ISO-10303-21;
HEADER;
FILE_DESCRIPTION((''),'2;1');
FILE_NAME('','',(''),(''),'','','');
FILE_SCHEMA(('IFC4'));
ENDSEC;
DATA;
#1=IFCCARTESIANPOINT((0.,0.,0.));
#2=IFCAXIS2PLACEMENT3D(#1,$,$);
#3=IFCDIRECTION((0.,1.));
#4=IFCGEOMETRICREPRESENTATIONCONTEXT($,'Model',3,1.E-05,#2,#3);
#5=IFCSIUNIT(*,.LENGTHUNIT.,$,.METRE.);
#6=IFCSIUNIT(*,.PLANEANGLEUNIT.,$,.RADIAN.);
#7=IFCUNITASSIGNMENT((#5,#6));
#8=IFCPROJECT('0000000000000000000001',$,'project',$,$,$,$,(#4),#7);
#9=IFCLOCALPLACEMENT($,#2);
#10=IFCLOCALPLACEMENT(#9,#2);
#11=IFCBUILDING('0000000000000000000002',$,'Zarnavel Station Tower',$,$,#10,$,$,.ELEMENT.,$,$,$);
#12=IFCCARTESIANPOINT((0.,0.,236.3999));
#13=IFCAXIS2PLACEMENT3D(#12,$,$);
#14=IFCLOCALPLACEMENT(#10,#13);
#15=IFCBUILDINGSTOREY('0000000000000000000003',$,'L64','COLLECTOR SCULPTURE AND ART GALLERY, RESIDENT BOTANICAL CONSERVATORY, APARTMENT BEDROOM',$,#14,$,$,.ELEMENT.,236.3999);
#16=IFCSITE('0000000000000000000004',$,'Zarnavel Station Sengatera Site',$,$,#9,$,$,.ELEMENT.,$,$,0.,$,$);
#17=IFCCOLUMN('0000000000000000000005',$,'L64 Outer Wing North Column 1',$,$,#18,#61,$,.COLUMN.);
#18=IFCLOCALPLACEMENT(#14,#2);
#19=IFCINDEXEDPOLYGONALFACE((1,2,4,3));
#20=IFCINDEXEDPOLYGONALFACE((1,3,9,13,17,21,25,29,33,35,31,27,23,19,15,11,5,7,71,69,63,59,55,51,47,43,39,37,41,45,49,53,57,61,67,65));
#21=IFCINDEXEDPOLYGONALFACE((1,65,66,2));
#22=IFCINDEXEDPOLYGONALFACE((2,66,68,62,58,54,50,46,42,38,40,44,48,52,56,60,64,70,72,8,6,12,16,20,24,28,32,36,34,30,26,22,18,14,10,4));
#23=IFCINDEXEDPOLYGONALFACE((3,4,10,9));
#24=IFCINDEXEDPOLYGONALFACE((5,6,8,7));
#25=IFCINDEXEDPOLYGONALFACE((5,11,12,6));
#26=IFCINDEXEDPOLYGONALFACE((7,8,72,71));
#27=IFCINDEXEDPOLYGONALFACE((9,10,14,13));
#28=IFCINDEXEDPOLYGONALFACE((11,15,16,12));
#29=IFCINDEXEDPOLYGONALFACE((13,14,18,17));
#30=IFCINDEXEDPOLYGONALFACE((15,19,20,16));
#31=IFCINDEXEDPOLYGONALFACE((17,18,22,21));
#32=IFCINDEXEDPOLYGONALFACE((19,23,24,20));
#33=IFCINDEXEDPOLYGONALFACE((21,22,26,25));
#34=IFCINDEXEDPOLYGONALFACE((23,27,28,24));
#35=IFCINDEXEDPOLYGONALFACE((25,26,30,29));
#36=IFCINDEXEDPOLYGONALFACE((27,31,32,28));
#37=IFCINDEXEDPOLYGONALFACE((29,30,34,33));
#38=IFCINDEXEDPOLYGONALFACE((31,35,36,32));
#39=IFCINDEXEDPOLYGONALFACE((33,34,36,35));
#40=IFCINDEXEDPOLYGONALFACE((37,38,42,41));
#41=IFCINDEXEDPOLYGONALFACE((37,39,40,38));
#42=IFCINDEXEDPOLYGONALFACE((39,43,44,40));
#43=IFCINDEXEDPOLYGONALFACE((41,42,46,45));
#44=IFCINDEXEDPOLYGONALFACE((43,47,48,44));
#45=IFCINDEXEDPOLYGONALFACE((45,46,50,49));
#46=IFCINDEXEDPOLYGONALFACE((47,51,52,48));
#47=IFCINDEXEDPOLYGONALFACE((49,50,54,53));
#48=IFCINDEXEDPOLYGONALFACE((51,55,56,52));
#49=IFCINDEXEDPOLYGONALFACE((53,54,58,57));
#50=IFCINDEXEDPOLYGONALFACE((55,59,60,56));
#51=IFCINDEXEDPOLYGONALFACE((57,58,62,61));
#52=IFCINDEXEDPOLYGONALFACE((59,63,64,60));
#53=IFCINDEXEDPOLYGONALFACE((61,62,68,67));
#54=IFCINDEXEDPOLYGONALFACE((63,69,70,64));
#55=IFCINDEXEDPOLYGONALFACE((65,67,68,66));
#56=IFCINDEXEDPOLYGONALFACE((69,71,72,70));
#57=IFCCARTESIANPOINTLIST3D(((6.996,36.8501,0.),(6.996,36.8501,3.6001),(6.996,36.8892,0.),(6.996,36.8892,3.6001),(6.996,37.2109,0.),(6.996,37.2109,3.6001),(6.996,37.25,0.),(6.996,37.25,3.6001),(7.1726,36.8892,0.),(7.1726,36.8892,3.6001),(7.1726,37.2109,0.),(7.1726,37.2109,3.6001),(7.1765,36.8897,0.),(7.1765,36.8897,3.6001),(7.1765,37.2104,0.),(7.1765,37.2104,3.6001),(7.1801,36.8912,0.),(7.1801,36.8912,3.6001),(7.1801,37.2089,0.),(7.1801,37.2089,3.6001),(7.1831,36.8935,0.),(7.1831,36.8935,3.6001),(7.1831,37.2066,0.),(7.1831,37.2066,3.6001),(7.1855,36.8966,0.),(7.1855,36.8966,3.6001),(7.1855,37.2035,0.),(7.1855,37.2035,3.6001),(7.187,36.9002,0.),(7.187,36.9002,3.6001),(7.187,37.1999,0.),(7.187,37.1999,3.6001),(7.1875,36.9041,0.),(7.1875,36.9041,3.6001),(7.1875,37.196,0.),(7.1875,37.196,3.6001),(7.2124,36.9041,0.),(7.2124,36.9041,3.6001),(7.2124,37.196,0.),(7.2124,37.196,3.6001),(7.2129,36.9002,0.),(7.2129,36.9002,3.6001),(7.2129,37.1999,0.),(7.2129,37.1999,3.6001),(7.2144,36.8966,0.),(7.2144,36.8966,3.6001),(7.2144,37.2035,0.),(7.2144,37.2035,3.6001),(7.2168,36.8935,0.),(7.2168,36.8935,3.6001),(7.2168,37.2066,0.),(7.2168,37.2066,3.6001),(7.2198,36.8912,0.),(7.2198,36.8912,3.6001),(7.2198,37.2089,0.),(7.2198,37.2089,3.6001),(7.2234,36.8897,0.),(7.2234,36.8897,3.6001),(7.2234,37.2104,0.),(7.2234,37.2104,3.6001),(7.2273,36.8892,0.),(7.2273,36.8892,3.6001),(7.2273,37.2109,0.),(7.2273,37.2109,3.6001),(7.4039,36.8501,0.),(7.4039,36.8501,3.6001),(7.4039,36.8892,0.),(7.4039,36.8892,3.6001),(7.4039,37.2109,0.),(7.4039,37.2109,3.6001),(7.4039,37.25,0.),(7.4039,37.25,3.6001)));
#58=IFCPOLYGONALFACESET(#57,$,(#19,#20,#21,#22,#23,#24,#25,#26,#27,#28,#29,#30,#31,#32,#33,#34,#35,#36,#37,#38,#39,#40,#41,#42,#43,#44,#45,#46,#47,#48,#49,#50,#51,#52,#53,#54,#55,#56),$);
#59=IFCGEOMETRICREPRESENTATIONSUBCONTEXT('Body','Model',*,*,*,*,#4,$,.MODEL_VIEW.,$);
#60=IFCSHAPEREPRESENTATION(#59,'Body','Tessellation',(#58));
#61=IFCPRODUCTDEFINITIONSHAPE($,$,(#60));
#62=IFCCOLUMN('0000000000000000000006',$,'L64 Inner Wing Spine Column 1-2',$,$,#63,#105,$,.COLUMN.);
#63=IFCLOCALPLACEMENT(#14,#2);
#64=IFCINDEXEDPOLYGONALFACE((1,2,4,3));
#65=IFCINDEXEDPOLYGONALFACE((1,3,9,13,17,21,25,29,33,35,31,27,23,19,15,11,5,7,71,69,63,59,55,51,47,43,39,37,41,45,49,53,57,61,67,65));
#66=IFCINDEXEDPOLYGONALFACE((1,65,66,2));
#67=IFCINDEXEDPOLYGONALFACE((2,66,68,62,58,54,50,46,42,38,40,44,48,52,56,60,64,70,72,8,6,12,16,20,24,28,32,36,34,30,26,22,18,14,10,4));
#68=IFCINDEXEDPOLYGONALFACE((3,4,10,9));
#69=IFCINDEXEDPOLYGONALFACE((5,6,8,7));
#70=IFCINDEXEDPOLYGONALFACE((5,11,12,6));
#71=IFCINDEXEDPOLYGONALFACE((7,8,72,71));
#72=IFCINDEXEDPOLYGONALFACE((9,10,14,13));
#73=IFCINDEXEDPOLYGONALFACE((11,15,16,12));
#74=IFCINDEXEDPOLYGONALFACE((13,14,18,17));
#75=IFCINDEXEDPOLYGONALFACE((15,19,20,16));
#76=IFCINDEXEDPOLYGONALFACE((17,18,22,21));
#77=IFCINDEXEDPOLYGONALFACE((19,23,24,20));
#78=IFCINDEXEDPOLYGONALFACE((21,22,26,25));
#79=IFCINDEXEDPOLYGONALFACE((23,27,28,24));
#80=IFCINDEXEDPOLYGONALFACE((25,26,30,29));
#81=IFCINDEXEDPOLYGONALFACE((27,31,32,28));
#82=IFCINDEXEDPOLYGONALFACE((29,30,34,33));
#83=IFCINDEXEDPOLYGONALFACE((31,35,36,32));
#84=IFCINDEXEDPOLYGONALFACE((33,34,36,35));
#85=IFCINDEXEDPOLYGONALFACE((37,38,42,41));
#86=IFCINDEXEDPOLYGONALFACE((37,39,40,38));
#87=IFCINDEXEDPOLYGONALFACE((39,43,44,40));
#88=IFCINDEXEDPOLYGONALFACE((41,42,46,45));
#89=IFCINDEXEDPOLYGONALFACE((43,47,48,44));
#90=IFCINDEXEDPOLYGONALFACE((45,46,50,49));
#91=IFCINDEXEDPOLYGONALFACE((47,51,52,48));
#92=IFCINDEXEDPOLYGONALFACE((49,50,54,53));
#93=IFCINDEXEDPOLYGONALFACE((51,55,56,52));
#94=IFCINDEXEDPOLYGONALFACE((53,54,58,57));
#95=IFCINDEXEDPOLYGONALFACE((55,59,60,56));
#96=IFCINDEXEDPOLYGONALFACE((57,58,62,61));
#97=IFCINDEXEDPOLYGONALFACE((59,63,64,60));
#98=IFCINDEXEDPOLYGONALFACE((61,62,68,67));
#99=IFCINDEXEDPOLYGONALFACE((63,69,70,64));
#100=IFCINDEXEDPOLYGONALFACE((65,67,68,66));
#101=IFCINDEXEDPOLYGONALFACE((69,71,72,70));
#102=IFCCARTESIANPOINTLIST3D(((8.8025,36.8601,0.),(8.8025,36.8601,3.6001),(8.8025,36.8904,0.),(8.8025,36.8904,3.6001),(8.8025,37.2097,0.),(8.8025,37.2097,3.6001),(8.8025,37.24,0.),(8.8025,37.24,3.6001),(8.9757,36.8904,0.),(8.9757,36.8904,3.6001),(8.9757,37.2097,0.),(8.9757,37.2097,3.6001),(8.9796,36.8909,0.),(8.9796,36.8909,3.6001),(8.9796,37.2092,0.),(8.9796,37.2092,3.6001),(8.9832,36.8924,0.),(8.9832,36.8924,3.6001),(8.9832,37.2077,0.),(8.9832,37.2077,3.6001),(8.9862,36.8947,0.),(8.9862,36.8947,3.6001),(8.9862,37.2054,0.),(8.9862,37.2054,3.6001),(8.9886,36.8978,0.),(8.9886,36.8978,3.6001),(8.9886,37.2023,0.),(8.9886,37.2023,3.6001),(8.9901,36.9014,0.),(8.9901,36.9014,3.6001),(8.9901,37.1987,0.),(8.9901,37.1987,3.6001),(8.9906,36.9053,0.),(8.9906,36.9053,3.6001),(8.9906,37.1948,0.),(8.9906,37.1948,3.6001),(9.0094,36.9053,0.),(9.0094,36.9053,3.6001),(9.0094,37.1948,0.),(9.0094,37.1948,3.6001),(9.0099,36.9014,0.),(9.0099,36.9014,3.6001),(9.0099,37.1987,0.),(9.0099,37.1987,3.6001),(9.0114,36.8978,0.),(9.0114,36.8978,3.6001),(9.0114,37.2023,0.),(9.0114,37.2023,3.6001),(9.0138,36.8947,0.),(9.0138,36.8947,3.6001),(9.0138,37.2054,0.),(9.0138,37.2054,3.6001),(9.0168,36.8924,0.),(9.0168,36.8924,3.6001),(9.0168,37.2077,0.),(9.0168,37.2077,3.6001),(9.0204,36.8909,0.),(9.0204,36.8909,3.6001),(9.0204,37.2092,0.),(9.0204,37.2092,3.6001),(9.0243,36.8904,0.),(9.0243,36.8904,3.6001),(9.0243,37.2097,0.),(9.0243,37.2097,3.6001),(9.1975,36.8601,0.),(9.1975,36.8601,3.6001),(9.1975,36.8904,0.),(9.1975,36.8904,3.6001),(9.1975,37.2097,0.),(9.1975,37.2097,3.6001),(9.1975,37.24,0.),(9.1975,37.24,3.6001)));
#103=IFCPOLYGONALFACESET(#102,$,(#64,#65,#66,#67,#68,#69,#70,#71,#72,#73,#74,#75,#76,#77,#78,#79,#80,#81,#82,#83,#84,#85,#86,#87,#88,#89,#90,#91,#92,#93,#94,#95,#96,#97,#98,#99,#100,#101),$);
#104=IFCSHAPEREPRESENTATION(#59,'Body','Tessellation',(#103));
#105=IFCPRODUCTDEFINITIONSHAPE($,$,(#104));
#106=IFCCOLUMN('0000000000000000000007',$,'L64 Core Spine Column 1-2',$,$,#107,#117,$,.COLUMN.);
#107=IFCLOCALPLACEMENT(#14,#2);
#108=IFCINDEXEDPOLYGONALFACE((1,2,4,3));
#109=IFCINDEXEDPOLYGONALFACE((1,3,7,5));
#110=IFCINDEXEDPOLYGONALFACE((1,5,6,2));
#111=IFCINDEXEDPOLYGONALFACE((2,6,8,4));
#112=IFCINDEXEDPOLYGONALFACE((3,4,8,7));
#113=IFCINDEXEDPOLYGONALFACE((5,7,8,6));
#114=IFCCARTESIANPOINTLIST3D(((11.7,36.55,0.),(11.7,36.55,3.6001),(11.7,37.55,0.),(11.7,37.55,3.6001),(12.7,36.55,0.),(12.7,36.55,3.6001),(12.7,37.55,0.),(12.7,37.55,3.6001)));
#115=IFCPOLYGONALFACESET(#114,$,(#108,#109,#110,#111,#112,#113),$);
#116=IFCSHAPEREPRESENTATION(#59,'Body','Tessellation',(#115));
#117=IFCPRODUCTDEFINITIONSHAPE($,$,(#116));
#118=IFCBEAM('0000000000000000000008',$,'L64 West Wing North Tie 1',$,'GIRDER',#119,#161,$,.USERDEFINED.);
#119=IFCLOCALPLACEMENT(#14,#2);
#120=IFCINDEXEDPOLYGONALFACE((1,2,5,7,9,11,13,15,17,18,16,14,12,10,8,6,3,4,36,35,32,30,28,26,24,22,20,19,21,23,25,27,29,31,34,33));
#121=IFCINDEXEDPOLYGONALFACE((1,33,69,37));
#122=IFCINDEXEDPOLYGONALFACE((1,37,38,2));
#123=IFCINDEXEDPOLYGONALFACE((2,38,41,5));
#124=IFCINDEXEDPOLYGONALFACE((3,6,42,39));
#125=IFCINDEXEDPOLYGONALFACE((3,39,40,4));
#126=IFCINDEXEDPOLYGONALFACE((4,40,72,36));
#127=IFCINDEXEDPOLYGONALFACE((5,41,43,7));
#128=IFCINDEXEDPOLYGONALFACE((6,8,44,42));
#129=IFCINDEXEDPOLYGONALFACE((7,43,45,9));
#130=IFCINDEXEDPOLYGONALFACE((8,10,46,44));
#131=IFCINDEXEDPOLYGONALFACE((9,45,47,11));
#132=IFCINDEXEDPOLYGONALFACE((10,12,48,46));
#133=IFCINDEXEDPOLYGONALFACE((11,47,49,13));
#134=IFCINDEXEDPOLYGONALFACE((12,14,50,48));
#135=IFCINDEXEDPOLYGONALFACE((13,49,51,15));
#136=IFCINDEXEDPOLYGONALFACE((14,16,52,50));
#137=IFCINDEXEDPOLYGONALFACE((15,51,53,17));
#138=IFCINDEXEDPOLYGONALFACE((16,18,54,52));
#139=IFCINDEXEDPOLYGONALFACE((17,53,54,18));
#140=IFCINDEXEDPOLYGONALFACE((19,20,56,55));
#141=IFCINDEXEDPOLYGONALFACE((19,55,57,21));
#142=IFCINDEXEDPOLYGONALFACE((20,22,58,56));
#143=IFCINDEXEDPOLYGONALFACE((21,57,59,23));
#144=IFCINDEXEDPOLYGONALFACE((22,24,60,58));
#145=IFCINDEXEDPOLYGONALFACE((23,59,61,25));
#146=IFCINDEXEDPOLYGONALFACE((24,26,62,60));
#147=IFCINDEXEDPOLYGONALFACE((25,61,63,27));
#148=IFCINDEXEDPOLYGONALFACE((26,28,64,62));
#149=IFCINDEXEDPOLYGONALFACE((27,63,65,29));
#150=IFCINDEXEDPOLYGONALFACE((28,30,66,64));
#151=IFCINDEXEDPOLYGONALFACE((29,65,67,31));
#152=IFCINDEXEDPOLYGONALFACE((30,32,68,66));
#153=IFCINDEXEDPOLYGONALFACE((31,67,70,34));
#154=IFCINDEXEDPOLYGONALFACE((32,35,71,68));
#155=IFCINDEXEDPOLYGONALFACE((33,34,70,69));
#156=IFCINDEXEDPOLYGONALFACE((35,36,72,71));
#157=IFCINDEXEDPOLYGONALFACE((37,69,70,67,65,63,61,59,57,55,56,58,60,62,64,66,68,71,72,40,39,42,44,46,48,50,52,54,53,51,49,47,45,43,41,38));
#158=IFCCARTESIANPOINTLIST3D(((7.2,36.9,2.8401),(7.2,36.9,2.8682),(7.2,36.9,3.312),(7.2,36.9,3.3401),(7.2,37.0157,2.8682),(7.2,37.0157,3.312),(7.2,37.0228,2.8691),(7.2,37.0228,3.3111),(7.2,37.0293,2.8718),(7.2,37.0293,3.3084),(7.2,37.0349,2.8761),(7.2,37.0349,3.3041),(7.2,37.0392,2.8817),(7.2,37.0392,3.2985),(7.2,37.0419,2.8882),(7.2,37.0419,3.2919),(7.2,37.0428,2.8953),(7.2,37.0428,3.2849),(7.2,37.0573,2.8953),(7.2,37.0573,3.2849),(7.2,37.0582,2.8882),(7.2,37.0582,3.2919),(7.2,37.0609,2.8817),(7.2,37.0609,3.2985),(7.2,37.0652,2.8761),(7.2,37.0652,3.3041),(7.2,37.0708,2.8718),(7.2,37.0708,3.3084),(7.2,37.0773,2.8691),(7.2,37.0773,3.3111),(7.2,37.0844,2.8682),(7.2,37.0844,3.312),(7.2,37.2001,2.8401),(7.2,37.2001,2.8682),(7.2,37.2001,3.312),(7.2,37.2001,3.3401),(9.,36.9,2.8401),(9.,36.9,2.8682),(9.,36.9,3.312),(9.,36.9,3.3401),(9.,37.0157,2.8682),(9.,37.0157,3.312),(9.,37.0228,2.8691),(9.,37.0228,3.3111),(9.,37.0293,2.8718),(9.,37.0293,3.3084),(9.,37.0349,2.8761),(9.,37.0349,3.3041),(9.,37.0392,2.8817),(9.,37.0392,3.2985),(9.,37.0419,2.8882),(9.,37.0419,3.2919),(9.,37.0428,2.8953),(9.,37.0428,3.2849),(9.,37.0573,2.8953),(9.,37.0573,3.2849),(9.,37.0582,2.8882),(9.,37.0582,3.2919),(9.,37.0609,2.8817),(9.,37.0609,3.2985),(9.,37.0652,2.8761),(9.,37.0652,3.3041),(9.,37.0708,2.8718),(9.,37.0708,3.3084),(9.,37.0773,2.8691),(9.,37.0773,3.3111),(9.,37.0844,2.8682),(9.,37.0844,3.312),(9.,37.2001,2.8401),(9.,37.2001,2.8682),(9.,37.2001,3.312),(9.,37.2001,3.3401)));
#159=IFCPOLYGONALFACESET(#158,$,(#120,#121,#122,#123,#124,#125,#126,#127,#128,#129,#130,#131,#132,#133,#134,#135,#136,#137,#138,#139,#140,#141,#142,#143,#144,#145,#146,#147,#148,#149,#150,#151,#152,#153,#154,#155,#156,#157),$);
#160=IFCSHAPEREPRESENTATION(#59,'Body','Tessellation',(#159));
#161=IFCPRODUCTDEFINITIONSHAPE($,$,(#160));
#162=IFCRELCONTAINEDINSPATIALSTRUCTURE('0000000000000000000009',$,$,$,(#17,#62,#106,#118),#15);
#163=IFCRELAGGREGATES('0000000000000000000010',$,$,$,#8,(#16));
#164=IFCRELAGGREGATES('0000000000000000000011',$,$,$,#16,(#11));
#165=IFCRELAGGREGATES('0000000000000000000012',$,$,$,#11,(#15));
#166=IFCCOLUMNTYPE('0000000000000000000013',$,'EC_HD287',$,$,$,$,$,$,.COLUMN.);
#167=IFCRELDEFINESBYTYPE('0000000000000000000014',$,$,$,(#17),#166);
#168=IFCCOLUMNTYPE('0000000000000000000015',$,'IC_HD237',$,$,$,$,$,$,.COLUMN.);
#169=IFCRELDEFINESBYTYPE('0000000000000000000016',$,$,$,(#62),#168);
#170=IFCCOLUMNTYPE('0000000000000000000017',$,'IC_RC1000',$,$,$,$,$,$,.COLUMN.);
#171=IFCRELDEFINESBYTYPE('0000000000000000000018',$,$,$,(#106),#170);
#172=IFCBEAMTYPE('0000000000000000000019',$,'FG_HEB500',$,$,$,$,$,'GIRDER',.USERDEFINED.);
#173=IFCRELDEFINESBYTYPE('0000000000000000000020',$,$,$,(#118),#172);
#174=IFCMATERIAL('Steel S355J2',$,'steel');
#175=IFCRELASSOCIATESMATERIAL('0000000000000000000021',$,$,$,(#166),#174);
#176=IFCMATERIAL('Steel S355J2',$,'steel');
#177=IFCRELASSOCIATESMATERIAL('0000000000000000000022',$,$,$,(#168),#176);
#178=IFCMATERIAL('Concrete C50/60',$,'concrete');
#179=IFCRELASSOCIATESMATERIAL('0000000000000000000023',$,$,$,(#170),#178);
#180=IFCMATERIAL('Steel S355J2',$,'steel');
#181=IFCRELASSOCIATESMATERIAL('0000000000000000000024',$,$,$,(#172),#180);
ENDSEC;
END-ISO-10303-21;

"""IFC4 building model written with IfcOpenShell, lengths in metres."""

from ifc_helpers import new_model, si_unit, direction, frame, origin, origin_2d, place, context, subcontext, project, spatial, rectangle, i_section, extrude, material, material_profile, profile_set, type_object, element, save


model = new_model("IFC4")

# Units and contexts
model_context = context("Model", 3, precision=1e-05, world=origin(), true_north=direction((0.0, 1.0)))
body_context = subcontext(model_context, "Body", "Model", "MODEL_VIEW")
ifc_project = project(units=[si_unit("LENGTHUNIT", "METRE"), si_unit("PLANEANGLEUNIT", "RADIAN")], contexts=[model_context])

# Site, building, storey
site_placement = place(None, origin())
site = spatial("IfcSite", under=ifc_project, at=site_placement, Name="Zarnavel Station Sengatera Site", CompositionType="ELEMENT", RefElevation=0.0)
building_placement = place(site_placement, origin())
building = spatial("IfcBuilding", under=site, at=building_placement, Name="Zarnavel Station Tower", CompositionType="ELEMENT")
storey_placement = place(building_placement, frame((0.0, 0.0, 236.3999)))
storey = spatial("IfcBuildingStorey", under=building, at=storey_placement, Name="L64", Description="COLLECTOR SCULPTURE AND ART GALLERY, RESIDENT BOTANICAL CONSERVATORY, APARTMENT BEDROOM", CompositionType="ELEMENT", Elevation=236.3999)

# Columns
ifc_material_1 = material(Name="Steel S355J2", Category="steel")
ifc_material_profile_1 = material_profile(ifc_material_1, i_section(OverallWidth=0.408, OverallDepth=0.3999, WebThickness=0.0249, FlangeThickness=0.0391, FilletRadius=0.0149, at=origin_2d()), Name="HD400x287")
ifc_profile_set_1 = profile_set([ifc_material_profile_1], Name="Steel S355J2")
column_type_1 = type_object("IfcColumnType", Name="EC_HD287", PredefinedType="COLUMN", material=ifc_profile_set_1)
column_1_placement = place(storey_placement, frame((7.2, 37.05, 0.0), z_axis=(0.0, 0.0, 1.0), x_axis=(1.0, 0.0, 0.0)))
element("IfcColumn", 1, at=column_1_placement, inside=storey, type_object=column_type_1, Name="L64 Outer Wing North Column 1", PredefinedType="COLUMN", context=body_context, shape_type="SweptSolid", body=[
    extrude(i_section(OverallWidth=0.408, OverallDepth=0.3999, WebThickness=0.0249, FlangeThickness=0.0391, FilletRadius=0.0149, at=origin_2d()), origin(), (0.0, 0.0, 1.0), 3.6001),
])
ifc_material_2 = material(Name="Steel S355J2", Category="steel")
ifc_material_profile_2 = material_profile(ifc_material_2, i_section(OverallWidth=0.395, OverallDepth=0.3799, WebThickness=0.0188, FlangeThickness=0.0303, FilletRadius=0.0149, at=origin_2d()), Name="HD400x237")
ifc_profile_set_2 = profile_set([ifc_material_profile_2], Name="Steel S355J2")
column_type_2 = type_object("IfcColumnType", Name="IC_HD237", PredefinedType="COLUMN", material=ifc_profile_set_2)
column_2_placement = place(storey_placement, frame((9.0, 37.05, 0.0), z_axis=(0.0, 0.0, 1.0), x_axis=(1.0, 0.0, 0.0)))
element("IfcColumn", 2, at=column_2_placement, inside=storey, type_object=column_type_2, Name="L64 Inner Wing Spine Column 1-2", PredefinedType="COLUMN", context=body_context, shape_type="SweptSolid", body=[
    extrude(i_section(OverallWidth=0.395, OverallDepth=0.3799, WebThickness=0.0188, FlangeThickness=0.0303, FilletRadius=0.0149, at=origin_2d()), origin(), (0.0, 0.0, 1.0), 3.6001),
])
ifc_material_3 = material(Name="Concrete C50/60", Category="concrete")
ifc_material_profile_3 = material_profile(ifc_material_3, rectangle(XDim=1.0, YDim=1.0, at=origin_2d()), Name="RC1000x1000")
ifc_profile_set_3 = profile_set([ifc_material_profile_3], Name="Concrete C50/60")
column_type_3 = type_object("IfcColumnType", Name="IC_RC1000", PredefinedType="COLUMN", material=ifc_profile_set_3)
column_3_placement = place(storey_placement, frame((12.2, 37.05, 0.0), z_axis=(0.0, 0.0, 1.0), x_axis=(1.0, 0.0, 0.0)))
element("IfcColumn", 3, at=column_3_placement, inside=storey, type_object=column_type_3, Name="L64 Core Spine Column 1-2", PredefinedType="COLUMN", context=body_context, shape_type="SweptSolid", body=[
    extrude(rectangle(XDim=1.0, YDim=1.0, at=origin_2d()), origin(), (0.0, 0.0, 1.0), 3.6001),
])

# Beam
ifc_material_4 = material(Name="Steel S355J2", Category="steel")
ifc_material_profile_4 = material_profile(ifc_material_4, i_section(OverallWidth=0.3, OverallDepth=0.5, WebThickness=0.0144, FlangeThickness=0.0281, FilletRadius=0.0271, at=origin_2d()), Name="HEB500")
ifc_profile_set_4 = profile_set([ifc_material_profile_4], Name="Steel S355J2")
beam_type = type_object("IfcBeamType", Name="FG_HEB500", ElementType="GIRDER", PredefinedType="USERDEFINED", material=ifc_profile_set_4)
beam_1_placement = place(storey_placement, frame((7.2, 37.05, 3.0901), z_axis=(1.0, 0.0, 0.0), x_axis=(0.0, 1.0, 0.0)))
element("IfcBeam", 4, at=beam_1_placement, inside=storey, type_object=beam_type, Name="L64 West Wing North Tie 1", ObjectType="GIRDER", PredefinedType="USERDEFINED", context=body_context, shape_type="SweptSolid", body=[
    extrude(i_section(OverallWidth=0.3, OverallDepth=0.5, WebThickness=0.0144, FlangeThickness=0.0281, FilletRadius=0.0271, at=origin_2d()), origin(), (0.0, 0.0, 1.0), 1.8),
])

save(model, "model.ifc")
